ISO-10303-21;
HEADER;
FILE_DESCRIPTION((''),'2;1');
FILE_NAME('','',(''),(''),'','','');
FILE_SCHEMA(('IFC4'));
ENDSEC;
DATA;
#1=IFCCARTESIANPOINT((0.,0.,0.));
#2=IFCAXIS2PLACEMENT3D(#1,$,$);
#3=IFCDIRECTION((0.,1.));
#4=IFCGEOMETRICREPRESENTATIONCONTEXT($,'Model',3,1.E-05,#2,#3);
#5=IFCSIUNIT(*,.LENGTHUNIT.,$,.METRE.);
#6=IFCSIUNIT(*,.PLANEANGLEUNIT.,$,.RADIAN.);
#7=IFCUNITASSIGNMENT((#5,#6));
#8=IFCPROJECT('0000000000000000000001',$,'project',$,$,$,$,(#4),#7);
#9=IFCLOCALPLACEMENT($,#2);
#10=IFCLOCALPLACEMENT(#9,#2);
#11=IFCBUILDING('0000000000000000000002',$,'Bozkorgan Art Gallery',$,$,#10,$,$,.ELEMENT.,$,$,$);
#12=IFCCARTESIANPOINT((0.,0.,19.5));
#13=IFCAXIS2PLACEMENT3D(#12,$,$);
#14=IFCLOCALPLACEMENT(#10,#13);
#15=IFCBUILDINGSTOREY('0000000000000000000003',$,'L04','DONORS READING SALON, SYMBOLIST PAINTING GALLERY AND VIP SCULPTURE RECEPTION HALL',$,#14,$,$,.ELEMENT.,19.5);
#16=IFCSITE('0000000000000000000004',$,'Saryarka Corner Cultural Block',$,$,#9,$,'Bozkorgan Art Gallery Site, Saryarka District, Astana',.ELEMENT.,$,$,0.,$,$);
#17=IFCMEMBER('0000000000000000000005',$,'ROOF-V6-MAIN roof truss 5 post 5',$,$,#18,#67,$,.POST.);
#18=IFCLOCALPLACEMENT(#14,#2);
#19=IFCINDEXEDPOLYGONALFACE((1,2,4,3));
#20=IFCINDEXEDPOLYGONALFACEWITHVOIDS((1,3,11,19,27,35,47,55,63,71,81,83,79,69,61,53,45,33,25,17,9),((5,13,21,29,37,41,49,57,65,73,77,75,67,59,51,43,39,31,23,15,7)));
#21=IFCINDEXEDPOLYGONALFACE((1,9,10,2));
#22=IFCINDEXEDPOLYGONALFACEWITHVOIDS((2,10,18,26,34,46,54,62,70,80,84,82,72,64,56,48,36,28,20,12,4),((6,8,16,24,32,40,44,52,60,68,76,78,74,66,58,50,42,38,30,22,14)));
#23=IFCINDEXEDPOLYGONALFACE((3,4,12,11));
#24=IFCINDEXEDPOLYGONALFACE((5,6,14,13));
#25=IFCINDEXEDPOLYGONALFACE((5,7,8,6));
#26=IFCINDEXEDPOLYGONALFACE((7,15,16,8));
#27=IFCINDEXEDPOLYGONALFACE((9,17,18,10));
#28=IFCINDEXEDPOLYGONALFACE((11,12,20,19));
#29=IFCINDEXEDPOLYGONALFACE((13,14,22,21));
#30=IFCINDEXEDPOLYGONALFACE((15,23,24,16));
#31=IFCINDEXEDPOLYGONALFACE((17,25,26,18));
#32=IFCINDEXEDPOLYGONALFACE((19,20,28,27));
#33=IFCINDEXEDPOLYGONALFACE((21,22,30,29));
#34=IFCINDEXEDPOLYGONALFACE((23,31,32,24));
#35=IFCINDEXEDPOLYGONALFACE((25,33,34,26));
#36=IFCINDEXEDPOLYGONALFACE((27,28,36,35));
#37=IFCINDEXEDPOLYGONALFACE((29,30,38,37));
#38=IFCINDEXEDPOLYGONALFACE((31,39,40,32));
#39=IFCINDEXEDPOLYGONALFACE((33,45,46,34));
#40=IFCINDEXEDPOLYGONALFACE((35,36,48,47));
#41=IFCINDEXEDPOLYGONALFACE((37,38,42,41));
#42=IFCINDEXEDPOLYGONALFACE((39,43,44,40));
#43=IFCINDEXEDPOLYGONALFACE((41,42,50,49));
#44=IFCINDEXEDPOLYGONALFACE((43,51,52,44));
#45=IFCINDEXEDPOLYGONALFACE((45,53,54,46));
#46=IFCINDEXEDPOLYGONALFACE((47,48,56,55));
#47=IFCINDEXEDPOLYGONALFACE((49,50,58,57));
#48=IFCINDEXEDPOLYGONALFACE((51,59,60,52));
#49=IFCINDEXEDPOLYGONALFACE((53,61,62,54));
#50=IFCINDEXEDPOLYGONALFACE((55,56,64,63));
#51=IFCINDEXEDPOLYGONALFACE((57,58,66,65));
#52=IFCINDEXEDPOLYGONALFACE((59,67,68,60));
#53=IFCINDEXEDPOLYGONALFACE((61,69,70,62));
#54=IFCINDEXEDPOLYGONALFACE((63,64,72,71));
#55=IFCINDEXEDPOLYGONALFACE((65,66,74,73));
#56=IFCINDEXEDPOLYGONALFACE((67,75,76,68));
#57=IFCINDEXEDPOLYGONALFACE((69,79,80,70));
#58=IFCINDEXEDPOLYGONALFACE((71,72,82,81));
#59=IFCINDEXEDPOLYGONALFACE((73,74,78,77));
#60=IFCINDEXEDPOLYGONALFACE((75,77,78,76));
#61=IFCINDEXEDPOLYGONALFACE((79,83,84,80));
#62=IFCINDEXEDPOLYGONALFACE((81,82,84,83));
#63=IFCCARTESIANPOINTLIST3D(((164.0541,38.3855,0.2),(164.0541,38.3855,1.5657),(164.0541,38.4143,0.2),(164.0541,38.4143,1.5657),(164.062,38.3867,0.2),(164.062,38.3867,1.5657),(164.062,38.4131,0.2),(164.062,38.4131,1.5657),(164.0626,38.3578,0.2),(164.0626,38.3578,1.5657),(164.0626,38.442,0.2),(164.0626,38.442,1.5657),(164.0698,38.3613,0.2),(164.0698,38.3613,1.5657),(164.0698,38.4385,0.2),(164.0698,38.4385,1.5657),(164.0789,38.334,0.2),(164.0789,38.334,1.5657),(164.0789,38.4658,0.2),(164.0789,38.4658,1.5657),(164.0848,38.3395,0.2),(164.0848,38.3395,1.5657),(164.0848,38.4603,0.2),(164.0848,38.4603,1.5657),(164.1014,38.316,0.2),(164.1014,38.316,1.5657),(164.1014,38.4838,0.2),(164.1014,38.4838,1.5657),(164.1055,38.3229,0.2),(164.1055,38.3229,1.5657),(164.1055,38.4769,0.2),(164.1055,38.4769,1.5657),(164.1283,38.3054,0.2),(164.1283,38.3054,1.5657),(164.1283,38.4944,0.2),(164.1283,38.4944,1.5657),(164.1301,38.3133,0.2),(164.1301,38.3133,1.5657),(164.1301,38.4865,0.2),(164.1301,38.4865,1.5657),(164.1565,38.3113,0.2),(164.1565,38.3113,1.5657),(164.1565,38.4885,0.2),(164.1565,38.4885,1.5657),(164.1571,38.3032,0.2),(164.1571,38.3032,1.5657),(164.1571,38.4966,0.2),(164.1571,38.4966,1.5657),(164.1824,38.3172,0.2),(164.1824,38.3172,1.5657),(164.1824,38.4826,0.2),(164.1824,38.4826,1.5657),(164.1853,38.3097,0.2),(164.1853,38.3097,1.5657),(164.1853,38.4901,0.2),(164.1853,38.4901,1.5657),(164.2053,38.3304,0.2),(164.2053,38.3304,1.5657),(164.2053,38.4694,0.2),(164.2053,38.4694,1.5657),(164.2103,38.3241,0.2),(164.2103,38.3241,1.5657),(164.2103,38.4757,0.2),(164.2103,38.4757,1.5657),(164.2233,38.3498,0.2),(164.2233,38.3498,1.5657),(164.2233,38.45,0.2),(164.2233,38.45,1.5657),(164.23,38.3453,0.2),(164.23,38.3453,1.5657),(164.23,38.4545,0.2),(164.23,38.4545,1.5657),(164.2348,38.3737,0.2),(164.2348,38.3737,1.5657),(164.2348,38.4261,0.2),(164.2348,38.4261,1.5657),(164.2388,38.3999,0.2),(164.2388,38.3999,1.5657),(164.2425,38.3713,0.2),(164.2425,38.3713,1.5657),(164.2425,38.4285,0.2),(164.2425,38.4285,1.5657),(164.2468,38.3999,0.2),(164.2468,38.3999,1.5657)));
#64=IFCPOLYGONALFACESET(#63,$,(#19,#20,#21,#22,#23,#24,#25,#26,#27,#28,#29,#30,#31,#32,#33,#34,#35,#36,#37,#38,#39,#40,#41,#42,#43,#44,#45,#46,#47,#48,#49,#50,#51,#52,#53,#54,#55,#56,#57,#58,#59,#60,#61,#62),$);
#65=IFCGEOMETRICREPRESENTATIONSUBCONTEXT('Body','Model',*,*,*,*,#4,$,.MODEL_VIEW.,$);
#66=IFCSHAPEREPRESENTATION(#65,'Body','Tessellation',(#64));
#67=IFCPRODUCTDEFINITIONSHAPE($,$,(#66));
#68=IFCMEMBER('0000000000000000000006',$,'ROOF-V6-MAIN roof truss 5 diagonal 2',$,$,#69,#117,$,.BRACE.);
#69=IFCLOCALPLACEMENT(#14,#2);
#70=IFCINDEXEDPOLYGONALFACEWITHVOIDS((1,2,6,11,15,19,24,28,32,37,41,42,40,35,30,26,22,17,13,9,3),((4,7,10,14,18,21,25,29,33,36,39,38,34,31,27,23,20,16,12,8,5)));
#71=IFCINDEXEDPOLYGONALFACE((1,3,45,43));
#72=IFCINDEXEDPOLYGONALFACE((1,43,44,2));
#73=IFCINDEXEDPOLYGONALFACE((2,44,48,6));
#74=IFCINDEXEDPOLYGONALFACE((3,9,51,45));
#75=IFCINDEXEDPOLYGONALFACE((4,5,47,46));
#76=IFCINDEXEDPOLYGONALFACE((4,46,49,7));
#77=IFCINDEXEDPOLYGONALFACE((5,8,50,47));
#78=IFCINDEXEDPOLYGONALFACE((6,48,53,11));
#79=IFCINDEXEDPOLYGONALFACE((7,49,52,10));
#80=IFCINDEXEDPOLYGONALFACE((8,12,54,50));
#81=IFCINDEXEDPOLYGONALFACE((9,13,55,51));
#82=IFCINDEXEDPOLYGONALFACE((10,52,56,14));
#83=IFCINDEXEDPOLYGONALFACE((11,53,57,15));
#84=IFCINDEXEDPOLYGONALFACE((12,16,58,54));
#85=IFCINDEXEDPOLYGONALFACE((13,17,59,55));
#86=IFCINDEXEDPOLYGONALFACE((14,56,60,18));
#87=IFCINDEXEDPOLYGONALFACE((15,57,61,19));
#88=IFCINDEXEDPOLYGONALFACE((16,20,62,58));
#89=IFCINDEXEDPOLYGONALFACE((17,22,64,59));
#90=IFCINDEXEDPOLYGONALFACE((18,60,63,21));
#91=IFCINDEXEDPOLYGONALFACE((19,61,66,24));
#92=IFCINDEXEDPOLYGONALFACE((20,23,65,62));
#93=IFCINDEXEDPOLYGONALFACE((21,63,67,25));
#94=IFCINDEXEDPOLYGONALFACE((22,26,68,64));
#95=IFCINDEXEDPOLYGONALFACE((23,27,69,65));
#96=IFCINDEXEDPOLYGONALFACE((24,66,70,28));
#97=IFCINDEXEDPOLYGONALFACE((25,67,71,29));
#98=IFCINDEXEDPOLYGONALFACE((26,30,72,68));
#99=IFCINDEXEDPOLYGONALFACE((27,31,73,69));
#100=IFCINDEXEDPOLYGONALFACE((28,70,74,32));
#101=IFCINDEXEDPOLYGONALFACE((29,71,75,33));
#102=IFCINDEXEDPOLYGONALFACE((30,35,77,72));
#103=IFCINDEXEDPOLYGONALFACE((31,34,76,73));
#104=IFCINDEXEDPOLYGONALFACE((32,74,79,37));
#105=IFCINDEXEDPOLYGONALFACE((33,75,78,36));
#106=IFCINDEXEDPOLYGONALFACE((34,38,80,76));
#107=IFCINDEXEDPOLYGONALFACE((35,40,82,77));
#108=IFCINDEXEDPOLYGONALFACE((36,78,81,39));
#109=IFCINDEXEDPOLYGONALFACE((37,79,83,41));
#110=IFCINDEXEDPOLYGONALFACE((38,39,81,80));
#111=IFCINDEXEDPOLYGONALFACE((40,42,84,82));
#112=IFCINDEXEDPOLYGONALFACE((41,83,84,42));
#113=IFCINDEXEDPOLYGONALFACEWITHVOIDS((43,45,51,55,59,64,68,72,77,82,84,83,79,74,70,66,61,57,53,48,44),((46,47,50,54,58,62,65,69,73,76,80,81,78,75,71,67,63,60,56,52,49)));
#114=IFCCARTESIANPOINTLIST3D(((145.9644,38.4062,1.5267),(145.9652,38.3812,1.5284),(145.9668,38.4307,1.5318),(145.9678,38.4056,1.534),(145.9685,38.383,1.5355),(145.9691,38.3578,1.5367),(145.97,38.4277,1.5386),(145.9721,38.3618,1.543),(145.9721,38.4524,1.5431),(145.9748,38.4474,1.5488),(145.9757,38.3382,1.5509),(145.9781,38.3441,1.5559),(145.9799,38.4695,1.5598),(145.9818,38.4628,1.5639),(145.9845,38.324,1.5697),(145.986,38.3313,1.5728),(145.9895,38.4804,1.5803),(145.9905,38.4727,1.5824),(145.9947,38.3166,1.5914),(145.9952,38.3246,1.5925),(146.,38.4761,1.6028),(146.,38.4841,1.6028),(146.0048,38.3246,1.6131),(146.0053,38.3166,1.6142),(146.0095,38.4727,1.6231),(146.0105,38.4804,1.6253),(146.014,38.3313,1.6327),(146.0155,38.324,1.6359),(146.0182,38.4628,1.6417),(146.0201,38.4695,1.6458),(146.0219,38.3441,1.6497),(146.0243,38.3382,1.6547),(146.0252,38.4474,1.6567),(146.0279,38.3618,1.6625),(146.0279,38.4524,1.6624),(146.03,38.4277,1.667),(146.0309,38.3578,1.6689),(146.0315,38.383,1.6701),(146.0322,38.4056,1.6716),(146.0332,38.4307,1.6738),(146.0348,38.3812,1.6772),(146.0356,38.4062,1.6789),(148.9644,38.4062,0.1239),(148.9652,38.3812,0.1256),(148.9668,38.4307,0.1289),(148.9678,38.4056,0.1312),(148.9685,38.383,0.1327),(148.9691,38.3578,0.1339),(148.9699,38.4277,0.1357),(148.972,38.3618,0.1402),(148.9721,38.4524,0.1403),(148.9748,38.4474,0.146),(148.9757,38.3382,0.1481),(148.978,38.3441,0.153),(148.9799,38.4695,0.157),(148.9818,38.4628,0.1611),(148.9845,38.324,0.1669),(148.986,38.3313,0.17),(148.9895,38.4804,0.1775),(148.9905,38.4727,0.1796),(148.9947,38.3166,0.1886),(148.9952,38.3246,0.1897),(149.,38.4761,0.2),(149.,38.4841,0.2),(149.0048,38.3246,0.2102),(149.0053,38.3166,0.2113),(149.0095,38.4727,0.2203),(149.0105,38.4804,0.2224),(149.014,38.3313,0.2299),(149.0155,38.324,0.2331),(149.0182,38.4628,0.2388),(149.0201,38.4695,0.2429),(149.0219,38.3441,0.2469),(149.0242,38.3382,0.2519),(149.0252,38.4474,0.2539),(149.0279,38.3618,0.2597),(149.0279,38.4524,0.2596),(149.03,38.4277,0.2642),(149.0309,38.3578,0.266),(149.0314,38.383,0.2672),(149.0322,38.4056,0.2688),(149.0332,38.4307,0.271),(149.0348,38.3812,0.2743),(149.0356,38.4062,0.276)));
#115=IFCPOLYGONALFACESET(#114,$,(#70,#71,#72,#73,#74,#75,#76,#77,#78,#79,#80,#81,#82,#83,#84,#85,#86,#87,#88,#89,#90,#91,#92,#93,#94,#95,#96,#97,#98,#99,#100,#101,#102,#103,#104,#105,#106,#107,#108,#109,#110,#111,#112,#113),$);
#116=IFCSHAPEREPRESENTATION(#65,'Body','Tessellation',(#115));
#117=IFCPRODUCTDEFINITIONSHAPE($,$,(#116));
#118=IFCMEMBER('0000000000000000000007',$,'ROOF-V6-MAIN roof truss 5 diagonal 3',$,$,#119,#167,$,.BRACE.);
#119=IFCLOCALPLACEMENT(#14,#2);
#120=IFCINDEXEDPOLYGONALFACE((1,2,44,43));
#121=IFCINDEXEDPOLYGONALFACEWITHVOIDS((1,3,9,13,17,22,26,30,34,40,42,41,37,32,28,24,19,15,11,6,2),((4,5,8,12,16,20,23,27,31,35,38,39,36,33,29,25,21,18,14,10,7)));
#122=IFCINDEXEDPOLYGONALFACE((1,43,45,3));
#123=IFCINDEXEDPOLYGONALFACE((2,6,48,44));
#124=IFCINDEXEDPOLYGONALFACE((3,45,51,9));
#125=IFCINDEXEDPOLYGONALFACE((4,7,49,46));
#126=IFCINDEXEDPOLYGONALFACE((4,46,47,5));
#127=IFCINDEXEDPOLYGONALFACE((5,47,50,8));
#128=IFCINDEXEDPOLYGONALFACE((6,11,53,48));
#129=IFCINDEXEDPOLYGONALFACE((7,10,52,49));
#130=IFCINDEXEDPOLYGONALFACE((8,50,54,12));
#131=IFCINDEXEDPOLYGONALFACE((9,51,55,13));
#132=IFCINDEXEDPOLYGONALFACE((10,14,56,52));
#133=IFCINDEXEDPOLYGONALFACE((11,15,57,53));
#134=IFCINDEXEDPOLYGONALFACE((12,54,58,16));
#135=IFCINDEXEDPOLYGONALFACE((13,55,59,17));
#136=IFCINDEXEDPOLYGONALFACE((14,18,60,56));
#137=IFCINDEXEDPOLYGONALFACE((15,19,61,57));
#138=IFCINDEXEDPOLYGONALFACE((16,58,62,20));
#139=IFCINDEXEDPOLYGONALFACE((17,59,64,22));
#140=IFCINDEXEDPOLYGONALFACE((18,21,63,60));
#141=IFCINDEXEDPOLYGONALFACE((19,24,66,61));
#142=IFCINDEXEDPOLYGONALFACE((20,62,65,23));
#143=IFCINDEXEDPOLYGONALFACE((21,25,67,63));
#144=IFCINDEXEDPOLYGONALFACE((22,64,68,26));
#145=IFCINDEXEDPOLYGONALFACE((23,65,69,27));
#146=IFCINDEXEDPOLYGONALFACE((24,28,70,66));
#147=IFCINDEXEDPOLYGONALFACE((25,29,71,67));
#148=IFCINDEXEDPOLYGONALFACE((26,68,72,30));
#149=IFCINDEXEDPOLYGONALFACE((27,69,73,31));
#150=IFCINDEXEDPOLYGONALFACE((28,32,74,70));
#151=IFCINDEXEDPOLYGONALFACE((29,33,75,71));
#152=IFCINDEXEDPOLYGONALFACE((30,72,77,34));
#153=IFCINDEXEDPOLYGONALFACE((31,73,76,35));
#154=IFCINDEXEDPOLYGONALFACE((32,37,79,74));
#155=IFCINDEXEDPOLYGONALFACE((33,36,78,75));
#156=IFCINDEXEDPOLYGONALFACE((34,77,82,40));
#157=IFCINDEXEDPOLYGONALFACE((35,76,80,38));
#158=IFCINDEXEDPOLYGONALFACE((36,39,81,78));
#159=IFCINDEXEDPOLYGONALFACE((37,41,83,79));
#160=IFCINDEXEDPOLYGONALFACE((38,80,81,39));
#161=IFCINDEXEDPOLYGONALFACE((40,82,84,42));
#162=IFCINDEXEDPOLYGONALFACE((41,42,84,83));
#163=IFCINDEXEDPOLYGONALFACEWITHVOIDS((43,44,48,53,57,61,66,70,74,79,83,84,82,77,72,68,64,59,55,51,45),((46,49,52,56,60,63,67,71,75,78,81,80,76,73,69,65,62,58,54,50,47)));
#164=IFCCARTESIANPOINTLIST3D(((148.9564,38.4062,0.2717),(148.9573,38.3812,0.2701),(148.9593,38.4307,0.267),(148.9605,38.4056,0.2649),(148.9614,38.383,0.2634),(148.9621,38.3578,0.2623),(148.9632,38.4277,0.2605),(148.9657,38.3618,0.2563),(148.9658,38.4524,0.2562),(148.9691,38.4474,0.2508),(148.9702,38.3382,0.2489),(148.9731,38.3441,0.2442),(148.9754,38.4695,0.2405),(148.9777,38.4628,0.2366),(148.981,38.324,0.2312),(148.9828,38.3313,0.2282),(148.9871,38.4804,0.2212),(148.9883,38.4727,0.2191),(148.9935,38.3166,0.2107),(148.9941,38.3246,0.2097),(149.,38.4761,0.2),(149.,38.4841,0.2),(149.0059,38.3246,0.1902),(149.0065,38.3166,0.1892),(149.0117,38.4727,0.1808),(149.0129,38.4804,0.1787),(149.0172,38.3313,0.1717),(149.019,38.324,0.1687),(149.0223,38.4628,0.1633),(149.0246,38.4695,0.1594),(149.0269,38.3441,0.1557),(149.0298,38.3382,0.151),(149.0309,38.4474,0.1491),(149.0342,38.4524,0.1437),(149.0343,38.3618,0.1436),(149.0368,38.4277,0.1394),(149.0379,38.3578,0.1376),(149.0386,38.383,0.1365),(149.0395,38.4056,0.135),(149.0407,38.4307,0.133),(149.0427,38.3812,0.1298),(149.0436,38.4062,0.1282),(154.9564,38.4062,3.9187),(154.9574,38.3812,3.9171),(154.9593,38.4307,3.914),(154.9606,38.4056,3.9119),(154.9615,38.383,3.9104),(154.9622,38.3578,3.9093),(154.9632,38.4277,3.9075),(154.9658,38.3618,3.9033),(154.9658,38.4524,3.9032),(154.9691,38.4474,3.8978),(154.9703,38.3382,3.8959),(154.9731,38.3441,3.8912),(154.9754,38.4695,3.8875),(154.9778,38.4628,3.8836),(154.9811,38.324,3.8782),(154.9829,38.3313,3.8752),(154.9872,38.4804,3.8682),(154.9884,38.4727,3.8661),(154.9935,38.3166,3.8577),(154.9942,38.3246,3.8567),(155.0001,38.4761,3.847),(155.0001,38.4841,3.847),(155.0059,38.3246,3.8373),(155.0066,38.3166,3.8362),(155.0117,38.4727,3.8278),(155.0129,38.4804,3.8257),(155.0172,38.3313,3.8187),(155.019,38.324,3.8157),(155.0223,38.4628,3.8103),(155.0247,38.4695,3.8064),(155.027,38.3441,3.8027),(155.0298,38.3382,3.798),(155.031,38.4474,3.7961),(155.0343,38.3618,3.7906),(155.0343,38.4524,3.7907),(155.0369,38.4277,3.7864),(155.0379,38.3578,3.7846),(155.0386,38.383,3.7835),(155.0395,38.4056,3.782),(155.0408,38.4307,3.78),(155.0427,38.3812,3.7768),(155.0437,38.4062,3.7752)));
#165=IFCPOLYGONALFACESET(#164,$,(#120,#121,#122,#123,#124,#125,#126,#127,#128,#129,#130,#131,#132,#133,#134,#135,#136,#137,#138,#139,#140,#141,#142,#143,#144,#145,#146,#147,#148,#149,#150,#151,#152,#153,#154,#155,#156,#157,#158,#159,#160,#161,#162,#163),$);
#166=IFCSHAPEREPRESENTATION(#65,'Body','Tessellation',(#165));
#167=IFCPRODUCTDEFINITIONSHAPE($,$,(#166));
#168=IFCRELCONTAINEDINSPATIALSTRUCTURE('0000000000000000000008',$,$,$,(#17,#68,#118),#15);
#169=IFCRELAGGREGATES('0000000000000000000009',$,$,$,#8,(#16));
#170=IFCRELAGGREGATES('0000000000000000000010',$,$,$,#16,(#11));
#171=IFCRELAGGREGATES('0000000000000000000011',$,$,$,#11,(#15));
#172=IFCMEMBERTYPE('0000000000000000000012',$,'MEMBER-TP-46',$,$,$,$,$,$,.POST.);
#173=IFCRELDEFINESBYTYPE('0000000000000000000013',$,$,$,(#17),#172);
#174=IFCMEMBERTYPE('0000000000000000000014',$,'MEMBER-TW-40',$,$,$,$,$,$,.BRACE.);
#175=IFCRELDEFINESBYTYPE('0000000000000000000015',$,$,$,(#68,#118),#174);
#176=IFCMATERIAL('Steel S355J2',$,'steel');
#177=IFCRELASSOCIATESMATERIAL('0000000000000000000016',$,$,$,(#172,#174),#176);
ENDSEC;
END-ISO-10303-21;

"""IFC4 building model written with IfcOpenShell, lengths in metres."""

from ifc_helpers import new_model, si_unit, direction, frame, origin, origin_2d, place, context, subcontext, project, spatial, hollow_circle, extrude, material, material_profile, profile_set, type_object, element, save


model = new_model("IFC4")

# Units and contexts
model_context = context("Model", 3, precision=1e-05, world=origin(), true_north=direction((0.0, 1.0)))
body_context = subcontext(model_context, "Body", "Model", "MODEL_VIEW")
ifc_project = project(units=[si_unit("LENGTHUNIT", "METRE"), si_unit("PLANEANGLEUNIT", "RADIAN")], contexts=[model_context])

# Site, building, storey
site_placement = place(None, origin())
site = spatial("IfcSite", under=ifc_project, at=site_placement, Name="Saryarka Corner Cultural Block", LongName="Bozkorgan Art Gallery Site, Saryarka District, Astana", CompositionType="ELEMENT", RefElevation=0.0)
building_placement = place(site_placement, origin())
building = spatial("IfcBuilding", under=site, at=building_placement, Name="Bozkorgan Art Gallery", CompositionType="ELEMENT")
storey_placement = place(building_placement, frame((0.0, 0.0, 19.5)))
storey = spatial("IfcBuildingStorey", under=building, at=storey_placement, Name="L04", Description="DONORS READING SALON, SYMBOLIST PAINTING GALLERY AND VIP SCULPTURE RECEPTION HALL", CompositionType="ELEMENT", Elevation=19.5)

# Members
ifc_material_1 = material(Name="Steel S355J2", Category="steel")
ifc_material_profile_1 = material_profile(ifc_material_1, hollow_circle(Radius=0.0969, WallThickness=0.0081, at=origin_2d()), Name="CHS 193.7x8")
ifc_profile_set_1 = profile_set([ifc_material_profile_1], Name="Steel S355J2")
member_type_1 = type_object("IfcMemberType", Name="MEMBER-TP-46", PredefinedType="POST", material=ifc_profile_set_1)
member_1_placement = place(storey_placement, frame((164.1499, 38.3999, 0.2), z_axis=(0.0, 0.0, 1.0), x_axis=(1.0, 0.0, 0.0)))
element("IfcMember", 1, at=member_1_placement, inside=storey, type_object=member_type_1, Name="ROOF-V6-MAIN roof truss 5 post 5", PredefinedType="POST", context=body_context, shape_type="SweptSolid", body=[
    extrude(hollow_circle(Radius=0.0969, WallThickness=0.0081, at=origin_2d()), origin(), (0.0, 0.0, 1.0), 1.3657),
])
ifc_material_profile_2 = material_profile(ifc_material_1, hollow_circle(Radius=0.0842, WallThickness=0.0081, at=origin_2d()), Name="CHS 168.3x8")
ifc_profile_set_2 = profile_set([ifc_material_profile_2], Name="Steel S355J2")
member_type_2 = type_object("IfcMemberType", Name="MEMBER-TW-40", PredefinedType="BRACE", material=ifc_profile_set_2)
member_2_placement = place(storey_placement, frame((146.0, 38.3999, 1.6028), z_axis=(0.905855, 0.0, -0.423588), x_axis=(0.0, 1.0, 0.0)))
element("IfcMember", 2, at=member_2_placement, inside=storey, type_object=member_type_2, Name="ROOF-V6-MAIN roof truss 5 diagonal 2", PredefinedType="BRACE", context=body_context, shape_type="SweptSolid", body=[
    extrude(hollow_circle(Radius=0.0842, WallThickness=0.0081, at=origin_2d()), origin(), (0.0, 0.0, 1.0), 3.3118),
])
member_3_placement = place(storey_placement, frame((149.0, 38.3999, 0.2), z_axis=(0.854527, 0.0, 0.519406), x_axis=(0.0, 1.0, 0.0)))
element("IfcMember", 3, at=member_3_placement, inside=storey, type_object=member_type_2, Name="ROOF-V6-MAIN roof truss 5 diagonal 3", PredefinedType="BRACE", context=body_context, shape_type="SweptSolid", body=[
    extrude(hollow_circle(Radius=0.0842, WallThickness=0.0081, at=origin_2d()), origin(), (0.0, 0.0, 1.0), 7.0215),
])

save(model, "model.ifc")
